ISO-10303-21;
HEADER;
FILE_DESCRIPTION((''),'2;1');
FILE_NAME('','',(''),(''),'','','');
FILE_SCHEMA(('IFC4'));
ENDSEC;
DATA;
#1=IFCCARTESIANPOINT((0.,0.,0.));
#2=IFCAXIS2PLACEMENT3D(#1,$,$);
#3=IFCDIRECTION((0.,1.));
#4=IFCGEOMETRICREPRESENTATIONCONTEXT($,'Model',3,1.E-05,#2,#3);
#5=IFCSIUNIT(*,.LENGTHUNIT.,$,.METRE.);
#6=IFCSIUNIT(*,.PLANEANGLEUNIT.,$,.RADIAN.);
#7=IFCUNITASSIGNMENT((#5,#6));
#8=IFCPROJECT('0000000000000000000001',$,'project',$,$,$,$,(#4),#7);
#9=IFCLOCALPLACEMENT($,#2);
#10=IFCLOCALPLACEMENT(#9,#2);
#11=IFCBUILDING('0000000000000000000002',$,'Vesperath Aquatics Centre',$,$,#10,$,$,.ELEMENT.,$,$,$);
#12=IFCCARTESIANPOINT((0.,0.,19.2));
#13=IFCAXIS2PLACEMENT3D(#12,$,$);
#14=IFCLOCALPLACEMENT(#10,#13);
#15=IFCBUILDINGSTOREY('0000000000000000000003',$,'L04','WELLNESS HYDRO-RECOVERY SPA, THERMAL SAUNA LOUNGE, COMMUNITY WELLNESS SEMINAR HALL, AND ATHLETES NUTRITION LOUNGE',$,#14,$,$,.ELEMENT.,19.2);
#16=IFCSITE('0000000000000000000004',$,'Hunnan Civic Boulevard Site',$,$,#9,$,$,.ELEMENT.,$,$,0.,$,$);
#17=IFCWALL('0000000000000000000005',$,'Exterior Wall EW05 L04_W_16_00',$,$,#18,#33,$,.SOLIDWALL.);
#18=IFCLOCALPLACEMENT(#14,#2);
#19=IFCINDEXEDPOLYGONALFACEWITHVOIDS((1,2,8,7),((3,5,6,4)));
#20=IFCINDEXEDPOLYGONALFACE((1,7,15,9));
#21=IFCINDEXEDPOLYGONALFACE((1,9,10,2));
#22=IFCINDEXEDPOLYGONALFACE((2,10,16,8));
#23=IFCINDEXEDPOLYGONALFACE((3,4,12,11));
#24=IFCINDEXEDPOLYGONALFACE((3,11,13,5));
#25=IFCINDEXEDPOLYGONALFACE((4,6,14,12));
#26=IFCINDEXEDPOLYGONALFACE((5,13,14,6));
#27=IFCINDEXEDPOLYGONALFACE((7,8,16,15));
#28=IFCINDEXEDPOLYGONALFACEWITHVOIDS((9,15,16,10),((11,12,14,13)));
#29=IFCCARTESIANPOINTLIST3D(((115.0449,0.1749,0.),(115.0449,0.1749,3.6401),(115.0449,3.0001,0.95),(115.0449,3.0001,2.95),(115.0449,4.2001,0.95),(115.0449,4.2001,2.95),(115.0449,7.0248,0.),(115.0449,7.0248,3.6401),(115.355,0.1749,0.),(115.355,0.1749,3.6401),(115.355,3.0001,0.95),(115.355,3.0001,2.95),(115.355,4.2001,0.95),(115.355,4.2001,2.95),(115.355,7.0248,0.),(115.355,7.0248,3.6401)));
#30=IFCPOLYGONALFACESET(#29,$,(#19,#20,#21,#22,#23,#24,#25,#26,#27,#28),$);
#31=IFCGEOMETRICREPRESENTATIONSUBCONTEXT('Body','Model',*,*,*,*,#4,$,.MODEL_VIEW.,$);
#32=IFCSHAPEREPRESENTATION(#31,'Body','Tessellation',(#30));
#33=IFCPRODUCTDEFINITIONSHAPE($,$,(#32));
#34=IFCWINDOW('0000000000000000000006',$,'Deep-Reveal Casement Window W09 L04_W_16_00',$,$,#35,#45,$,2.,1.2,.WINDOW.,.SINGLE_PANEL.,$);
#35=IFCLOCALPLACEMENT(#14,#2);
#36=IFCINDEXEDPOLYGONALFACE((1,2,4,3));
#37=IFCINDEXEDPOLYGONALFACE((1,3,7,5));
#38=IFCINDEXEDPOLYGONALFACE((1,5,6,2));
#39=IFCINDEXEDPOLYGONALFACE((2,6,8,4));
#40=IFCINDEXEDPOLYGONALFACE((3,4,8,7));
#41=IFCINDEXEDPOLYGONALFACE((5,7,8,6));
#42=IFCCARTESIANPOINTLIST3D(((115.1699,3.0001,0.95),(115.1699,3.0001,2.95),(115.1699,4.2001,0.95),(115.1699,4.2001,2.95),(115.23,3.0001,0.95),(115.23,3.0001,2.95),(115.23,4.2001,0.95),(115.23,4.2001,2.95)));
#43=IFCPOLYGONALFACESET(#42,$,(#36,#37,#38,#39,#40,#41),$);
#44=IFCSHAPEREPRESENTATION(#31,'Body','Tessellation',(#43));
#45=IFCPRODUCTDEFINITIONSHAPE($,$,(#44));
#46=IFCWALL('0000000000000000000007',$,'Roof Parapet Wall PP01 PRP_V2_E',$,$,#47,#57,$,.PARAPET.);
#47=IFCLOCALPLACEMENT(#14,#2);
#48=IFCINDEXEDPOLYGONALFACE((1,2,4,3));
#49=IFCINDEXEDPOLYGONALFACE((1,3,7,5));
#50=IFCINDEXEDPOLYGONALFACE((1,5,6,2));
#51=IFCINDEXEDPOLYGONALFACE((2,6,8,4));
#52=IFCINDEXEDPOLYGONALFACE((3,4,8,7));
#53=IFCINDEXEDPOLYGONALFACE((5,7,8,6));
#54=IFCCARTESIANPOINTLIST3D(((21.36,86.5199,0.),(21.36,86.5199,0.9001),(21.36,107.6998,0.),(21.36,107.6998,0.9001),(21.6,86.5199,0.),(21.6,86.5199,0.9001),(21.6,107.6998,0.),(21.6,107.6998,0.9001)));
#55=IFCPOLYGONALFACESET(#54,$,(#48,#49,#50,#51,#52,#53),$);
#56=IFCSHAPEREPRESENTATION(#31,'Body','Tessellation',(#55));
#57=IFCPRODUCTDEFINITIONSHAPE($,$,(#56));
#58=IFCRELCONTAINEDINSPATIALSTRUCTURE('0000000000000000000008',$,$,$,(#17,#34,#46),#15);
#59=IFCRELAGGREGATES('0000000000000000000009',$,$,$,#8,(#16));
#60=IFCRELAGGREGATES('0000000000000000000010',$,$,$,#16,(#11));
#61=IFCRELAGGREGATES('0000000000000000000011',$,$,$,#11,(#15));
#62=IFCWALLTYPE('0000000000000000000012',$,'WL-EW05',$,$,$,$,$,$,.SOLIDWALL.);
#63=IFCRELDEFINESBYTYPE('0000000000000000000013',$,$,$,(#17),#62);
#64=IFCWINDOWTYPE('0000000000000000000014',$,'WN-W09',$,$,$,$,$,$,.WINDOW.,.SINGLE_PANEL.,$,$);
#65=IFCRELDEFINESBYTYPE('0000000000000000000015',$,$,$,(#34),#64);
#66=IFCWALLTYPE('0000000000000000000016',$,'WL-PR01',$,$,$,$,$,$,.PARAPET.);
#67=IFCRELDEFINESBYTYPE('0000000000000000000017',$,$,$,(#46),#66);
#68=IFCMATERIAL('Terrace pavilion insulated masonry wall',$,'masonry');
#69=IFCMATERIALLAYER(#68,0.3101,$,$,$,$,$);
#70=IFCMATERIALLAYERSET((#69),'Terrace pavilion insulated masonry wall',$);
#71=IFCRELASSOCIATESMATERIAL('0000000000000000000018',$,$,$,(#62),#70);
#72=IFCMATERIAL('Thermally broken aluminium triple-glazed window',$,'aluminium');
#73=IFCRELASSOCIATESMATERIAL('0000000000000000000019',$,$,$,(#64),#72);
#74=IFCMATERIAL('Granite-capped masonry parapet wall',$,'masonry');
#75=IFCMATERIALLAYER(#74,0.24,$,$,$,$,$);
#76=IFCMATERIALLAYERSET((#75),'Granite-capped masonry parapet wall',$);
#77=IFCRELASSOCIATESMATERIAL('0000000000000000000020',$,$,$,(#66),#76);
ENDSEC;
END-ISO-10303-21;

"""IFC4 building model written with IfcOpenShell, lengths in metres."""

from ifc_helpers import new_model, si_unit, direction, frame, frame_2d, origin, place, context, subcontext, project, spatial, rectangle, extrude, material, layer, layer_set, type_object, element, fill, save


model = new_model("IFC4")

# Units and contexts
model_context = context("Model", 3, precision=1e-05, world=origin(), true_north=direction((0.0, 1.0)))
body_context = subcontext(model_context, "Body", "Model", "MODEL_VIEW")
ifc_project = project(units=[si_unit("LENGTHUNIT", "METRE"), si_unit("PLANEANGLEUNIT", "RADIAN")], contexts=[model_context])

# Site, building, storey
site_placement = place(None, origin())
site = spatial("IfcSite", under=ifc_project, at=site_placement, Name="Hunnan Civic Boulevard Site", CompositionType="ELEMENT", RefElevation=0.0)
building_placement = place(site_placement, origin())
building = spatial("IfcBuilding", under=site, at=building_placement, Name="Vesperath Aquatics Centre", CompositionType="ELEMENT")
storey_placement = place(building_placement, frame((0.0, 0.0, 19.2)))
storey = spatial("IfcBuildingStorey", under=building, at=storey_placement, Name="L04", Description="WELLNESS HYDRO-RECOVERY SPA, THERMAL SAUNA LOUNGE, COMMUNITY WELLNESS SEMINAR HALL, AND ATHLETES NUTRITION LOUNGE", CompositionType="ELEMENT", Elevation=19.2)

# Wall, opening, window
ifc_material_1 = material(Name="Terrace pavilion insulated masonry wall", Category="masonry")
ifc_layer_1 = layer(ifc_material_1, 0.3101)
ifc_layer_set_1 = layer_set([ifc_layer_1], Name="Terrace pavilion insulated masonry wall")
wall_type_1 = type_object("IfcWallType", Name="WL-EW05", PredefinedType="SOLIDWALL", material=ifc_layer_set_1)
wall_1_placement = place(storey_placement, frame((115.2, 0.175, 0.0), z_axis=(0.0, 0.0, 1.0), x_axis=(0.0, 1.0, 0.0)))
wall_1 = element("IfcWall", 1, at=wall_1_placement, inside=storey, type_object=wall_type_1, Name="Exterior Wall EW05 L04_W_16_00", PredefinedType="SOLIDWALL", context=body_context, shape_type="SweptSolid", body=[
    extrude(rectangle(XDim=6.8499, YDim=0.3101, at=frame_2d((3.4248, 0.0))), origin(), (0.0, 0.0, 1.0), 3.6401),
])
opening_placement = place(wall_1_placement, frame((2.825, 0.0, 0.95)))
opening = element("IfcOpeningElement", 2, at=opening_placement, cuts=wall_1, PredefinedType="OPENING", context=body_context, shape_type="SweptSolid", body=[
    extrude(rectangle(XDim=1.2, YDim=2.0, at=frame_2d((0.6001, 1.0))), frame((0.0, 0.1699, 0.0), z_axis=(0.0, -1.0, 0.0), x_axis=(1.0, 0.0, 0.0)), (0.0, 0.0, 1.0), 0.3398),
])
ifc_material_2 = material(Name="Thermally broken aluminium triple-glazed window", Category="aluminium")
window_type = type_object("IfcWindowType", Name="WN-W09", PartitioningType="SINGLE_PANEL", PredefinedType="WINDOW", material=ifc_material_2)
window_placement = place(opening_placement, origin())
window = element("IfcWindow", 3, at=window_placement, inside=storey, type_object=window_type, Name="Deep-Reveal Casement Window W09 L04_W_16_00", OverallHeight=2.0, OverallWidth=1.2, PartitioningType="SINGLE_PANEL", PredefinedType="WINDOW", context=body_context, shape_type="SweptSolid", body=[
    extrude(rectangle(XDim=1.2, YDim=2.0, at=frame_2d((0.6001, 1.0))), frame((0.0, 0.03, 0.0), z_axis=(0.0, -1.0, 0.0), x_axis=(1.0, 0.0, 0.0)), (0.0, 0.0, 1.0), 0.0601),
])
fill(opening, window)

# Wall
ifc_material_3 = material(Name="Granite-capped masonry parapet wall", Category="masonry")
ifc_layer_2 = layer(ifc_material_3, 0.24)
ifc_layer_set_2 = layer_set([ifc_layer_2], Name="Granite-capped masonry parapet wall")
wall_type_2 = type_object("IfcWallType", Name="WL-PR01", PredefinedType="PARAPET", material=ifc_layer_set_2)
wall_2_placement = place(storey_placement, frame((21.48, 86.52, 0.0), z_axis=(0.0, 0.0, 1.0), x_axis=(0.0, 1.0, 0.0)))
element("IfcWall", 4, at=wall_2_placement, inside=storey, type_object=wall_type_2, Name="Roof Parapet Wall PP01 PRP_V2_E", PredefinedType="PARAPET", context=body_context, shape_type="SweptSolid", body=[
    extrude(rectangle(XDim=21.1799, YDim=0.24, at=frame_2d((10.5898, 0.0))), origin(), (0.0, 0.0, 1.0), 0.9001),
])

save(model, "model.ifc")
